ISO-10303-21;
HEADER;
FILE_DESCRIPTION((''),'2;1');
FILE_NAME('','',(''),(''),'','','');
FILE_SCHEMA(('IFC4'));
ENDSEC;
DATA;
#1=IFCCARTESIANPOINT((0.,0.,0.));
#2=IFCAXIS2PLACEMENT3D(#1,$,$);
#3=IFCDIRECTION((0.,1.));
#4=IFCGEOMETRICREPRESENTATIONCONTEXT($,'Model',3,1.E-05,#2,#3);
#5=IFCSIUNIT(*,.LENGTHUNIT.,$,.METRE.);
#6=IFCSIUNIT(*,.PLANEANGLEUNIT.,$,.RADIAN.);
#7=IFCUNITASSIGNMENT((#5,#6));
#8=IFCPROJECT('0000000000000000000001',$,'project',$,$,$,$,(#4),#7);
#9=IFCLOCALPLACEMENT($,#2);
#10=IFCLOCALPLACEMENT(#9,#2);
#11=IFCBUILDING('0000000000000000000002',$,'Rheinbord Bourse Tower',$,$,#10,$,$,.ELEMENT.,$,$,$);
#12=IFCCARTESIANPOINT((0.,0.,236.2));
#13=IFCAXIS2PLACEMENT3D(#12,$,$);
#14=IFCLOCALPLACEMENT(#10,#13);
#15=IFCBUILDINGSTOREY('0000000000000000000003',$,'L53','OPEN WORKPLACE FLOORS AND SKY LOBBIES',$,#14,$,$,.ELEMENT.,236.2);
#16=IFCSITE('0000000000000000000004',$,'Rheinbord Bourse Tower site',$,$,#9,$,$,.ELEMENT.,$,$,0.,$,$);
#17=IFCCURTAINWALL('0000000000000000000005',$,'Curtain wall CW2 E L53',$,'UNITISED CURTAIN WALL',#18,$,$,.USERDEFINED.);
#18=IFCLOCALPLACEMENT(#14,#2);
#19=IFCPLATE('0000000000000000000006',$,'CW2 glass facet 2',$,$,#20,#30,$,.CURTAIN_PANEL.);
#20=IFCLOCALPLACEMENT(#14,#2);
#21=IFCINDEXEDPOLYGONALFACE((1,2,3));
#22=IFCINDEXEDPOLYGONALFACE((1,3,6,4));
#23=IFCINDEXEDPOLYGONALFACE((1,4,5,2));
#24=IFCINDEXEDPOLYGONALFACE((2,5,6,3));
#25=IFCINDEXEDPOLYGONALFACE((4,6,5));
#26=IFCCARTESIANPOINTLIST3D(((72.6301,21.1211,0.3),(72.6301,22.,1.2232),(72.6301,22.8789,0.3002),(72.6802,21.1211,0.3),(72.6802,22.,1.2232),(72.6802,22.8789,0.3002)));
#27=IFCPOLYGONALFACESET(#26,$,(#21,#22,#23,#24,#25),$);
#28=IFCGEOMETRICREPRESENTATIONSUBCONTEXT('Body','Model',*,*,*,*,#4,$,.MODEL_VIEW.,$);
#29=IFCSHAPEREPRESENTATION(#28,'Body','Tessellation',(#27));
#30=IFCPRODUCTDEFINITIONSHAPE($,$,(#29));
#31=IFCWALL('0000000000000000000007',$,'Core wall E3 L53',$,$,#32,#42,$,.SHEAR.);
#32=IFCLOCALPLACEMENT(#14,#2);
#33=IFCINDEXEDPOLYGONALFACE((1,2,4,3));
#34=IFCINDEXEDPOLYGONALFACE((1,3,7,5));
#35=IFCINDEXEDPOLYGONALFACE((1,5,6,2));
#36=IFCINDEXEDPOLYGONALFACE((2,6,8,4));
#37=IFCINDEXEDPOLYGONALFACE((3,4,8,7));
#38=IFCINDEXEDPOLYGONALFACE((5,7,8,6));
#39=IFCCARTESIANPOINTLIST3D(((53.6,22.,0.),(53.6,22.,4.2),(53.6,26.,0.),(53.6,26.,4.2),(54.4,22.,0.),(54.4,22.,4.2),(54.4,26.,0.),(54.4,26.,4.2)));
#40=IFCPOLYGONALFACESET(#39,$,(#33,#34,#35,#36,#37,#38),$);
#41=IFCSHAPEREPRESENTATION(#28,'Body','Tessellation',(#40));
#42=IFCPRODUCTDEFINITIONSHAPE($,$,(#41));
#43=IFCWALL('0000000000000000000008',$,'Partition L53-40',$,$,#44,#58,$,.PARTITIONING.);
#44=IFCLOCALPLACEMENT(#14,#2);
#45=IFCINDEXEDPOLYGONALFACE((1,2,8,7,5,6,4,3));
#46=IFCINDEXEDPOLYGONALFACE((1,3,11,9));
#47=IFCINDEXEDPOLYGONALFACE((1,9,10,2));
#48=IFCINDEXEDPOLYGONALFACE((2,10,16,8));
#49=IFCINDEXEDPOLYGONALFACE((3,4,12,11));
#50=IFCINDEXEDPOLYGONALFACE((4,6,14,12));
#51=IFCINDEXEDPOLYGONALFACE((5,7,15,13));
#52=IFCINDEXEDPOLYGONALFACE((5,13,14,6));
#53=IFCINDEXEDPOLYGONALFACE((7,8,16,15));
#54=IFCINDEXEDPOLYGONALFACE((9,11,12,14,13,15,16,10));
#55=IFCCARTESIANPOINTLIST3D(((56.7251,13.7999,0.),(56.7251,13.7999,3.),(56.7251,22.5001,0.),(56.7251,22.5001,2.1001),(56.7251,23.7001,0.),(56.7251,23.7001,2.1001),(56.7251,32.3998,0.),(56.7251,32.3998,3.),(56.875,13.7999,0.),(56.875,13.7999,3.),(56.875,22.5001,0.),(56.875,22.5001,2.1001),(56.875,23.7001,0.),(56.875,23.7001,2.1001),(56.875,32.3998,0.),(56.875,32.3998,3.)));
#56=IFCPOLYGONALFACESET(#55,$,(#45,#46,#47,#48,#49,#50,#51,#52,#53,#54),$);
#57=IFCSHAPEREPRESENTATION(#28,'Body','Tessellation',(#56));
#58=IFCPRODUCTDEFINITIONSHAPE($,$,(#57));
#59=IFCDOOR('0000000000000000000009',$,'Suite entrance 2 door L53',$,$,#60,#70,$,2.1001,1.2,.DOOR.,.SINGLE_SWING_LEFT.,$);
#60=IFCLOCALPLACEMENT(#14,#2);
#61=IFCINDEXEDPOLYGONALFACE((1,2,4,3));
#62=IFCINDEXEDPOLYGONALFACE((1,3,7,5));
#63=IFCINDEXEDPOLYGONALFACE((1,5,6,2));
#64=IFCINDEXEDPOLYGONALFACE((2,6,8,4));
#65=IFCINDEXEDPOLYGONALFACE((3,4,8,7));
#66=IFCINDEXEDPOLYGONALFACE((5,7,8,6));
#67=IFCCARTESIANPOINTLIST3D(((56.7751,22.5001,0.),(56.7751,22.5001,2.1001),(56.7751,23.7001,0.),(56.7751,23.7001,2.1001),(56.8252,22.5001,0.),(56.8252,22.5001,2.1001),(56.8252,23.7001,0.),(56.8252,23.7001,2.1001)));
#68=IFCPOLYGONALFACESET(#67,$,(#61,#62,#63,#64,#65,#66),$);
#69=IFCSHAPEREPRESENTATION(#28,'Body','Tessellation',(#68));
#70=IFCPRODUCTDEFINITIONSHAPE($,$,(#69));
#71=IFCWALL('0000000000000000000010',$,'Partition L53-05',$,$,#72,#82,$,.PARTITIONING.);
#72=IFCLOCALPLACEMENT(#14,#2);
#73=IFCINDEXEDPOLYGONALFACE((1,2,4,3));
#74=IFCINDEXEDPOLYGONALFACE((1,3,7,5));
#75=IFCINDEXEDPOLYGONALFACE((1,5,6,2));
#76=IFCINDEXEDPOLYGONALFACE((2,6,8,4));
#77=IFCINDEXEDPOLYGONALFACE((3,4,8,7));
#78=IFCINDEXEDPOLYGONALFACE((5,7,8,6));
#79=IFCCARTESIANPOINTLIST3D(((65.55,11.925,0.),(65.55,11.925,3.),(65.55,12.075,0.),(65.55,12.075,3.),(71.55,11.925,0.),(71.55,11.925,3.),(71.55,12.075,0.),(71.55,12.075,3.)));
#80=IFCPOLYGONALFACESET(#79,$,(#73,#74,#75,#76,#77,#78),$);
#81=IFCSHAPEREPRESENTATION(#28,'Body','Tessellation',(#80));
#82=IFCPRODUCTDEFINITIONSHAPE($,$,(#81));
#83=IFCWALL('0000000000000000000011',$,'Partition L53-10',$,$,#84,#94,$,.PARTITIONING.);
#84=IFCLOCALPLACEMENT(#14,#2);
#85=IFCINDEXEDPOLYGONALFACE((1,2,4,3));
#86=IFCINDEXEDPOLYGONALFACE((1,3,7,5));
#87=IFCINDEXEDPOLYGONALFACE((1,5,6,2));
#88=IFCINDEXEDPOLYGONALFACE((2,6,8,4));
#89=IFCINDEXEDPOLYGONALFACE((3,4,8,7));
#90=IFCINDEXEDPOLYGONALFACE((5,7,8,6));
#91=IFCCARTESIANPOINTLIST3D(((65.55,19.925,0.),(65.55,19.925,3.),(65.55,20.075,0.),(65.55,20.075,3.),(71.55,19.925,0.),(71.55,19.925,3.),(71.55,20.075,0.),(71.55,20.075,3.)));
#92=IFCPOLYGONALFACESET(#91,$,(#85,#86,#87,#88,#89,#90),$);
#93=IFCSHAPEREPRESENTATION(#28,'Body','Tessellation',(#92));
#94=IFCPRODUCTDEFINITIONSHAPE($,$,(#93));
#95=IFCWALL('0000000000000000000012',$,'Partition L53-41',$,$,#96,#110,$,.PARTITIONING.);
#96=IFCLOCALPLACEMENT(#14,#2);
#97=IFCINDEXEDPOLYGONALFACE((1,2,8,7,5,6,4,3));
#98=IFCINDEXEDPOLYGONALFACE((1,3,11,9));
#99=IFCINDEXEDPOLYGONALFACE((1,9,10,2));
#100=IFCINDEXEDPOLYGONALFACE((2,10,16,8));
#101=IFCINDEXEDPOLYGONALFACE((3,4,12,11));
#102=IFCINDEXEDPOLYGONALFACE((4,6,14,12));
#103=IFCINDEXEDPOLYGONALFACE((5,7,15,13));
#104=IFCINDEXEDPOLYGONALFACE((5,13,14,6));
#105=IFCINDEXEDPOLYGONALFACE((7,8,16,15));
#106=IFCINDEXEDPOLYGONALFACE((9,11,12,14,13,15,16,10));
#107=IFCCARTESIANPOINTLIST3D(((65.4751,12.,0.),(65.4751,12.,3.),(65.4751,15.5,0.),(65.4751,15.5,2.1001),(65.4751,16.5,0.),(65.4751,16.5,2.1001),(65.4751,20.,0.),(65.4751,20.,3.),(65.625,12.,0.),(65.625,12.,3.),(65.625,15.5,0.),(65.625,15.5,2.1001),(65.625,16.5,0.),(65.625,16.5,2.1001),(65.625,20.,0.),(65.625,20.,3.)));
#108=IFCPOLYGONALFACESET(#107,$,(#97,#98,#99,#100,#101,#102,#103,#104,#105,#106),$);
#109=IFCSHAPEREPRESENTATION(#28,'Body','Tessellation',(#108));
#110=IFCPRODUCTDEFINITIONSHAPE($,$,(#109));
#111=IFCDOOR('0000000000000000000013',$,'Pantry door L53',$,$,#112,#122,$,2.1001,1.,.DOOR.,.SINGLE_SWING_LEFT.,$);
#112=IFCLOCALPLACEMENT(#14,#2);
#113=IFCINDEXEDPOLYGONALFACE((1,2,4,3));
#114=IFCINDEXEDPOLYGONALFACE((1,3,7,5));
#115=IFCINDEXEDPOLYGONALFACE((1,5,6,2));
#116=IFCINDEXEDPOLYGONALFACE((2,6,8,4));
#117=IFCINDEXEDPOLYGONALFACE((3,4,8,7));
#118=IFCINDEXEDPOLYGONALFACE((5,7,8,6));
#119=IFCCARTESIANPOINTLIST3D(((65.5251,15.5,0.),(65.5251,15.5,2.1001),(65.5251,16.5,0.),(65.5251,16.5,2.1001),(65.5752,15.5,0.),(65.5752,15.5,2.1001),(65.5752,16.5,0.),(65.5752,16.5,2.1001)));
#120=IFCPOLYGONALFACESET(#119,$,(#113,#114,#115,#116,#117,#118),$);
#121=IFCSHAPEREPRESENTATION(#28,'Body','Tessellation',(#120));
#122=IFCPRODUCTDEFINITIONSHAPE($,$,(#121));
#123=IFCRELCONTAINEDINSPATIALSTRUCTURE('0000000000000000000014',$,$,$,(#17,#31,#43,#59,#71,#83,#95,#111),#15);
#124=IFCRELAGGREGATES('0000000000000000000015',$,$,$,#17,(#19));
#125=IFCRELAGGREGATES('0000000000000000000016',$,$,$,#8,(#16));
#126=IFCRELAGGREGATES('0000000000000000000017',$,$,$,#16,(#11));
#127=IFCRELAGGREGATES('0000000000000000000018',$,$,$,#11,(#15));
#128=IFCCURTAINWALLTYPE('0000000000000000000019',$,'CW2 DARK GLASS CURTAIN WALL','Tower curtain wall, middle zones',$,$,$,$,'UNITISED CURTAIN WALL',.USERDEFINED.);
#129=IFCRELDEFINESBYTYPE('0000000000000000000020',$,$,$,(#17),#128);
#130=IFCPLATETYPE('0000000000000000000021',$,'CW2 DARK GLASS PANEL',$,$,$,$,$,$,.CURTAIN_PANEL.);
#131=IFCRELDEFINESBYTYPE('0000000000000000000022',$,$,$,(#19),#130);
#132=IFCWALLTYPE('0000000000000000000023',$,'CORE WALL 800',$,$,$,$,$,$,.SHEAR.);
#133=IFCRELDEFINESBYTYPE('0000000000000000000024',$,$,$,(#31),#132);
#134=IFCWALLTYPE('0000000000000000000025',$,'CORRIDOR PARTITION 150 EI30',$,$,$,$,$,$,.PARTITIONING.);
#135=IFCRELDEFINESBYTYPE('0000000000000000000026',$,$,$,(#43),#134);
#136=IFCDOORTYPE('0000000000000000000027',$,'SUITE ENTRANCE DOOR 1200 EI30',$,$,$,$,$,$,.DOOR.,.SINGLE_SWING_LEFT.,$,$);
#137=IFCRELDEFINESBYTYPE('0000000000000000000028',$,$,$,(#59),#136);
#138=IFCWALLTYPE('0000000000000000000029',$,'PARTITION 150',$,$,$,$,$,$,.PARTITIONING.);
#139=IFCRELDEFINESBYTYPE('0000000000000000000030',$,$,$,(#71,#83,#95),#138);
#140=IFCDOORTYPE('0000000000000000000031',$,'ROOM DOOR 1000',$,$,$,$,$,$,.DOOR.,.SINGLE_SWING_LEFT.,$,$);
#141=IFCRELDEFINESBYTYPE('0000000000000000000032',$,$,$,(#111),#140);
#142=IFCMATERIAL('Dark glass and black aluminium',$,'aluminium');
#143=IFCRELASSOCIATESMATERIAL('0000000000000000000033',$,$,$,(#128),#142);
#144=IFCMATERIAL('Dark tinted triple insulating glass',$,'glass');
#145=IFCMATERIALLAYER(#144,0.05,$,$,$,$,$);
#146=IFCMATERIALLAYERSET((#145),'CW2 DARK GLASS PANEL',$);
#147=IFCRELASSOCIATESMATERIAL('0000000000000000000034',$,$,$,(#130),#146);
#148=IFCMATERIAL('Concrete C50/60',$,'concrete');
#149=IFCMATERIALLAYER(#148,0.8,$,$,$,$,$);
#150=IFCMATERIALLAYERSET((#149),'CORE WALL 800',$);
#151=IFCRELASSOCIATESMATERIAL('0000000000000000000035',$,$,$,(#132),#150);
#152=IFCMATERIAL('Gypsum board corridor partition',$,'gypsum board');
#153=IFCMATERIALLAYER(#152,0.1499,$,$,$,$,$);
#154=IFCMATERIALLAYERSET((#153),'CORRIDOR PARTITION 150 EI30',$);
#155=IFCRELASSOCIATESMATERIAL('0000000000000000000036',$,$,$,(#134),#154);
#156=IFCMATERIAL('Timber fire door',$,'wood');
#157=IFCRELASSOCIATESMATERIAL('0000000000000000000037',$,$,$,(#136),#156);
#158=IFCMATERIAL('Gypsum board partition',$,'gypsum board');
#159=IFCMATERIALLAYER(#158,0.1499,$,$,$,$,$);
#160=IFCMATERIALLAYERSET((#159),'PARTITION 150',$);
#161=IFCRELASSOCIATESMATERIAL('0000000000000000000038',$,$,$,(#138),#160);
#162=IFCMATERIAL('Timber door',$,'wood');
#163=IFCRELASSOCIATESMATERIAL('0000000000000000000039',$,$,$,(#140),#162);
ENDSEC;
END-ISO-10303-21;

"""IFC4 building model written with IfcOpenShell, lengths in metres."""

from ifc_helpers import new_model, si_unit, direction, frame, frame_2d, origin, place, context, subcontext, project, spatial, polyline, rectangle, outline, extrude, material, layer, layer_set, type_object, element, fill, aggregate, save


model = new_model("IFC4")

# Units and contexts
model_context = context("Model", 3, precision=1e-05, world=origin(), true_north=direction((0.0, 1.0)))
body_context = subcontext(model_context, "Body", "Model", "MODEL_VIEW")
ifc_project = project(units=[si_unit("LENGTHUNIT", "METRE"), si_unit("PLANEANGLEUNIT", "RADIAN")], contexts=[model_context])

# Site, building, storey
site_placement = place(None, origin())
site = spatial("IfcSite", under=ifc_project, at=site_placement, Name="Rheinbord Bourse Tower site", CompositionType="ELEMENT", RefElevation=0.0)
building_placement = place(site_placement, origin())
building = spatial("IfcBuilding", under=site, at=building_placement, Name="Rheinbord Bourse Tower", CompositionType="ELEMENT")
storey_placement = place(building_placement, frame((0.0, 0.0, 236.2)))
storey = spatial("IfcBuildingStorey", under=building, at=storey_placement, Name="L53", Description="OPEN WORKPLACE FLOORS AND SKY LOBBIES", CompositionType="ELEMENT", Elevation=236.2)

# Curtain wall
ifc_material_1 = material(Name="Dark glass and black aluminium", Category="aluminium")
curtain_wall_type = type_object("IfcCurtainWallType", Name="CW2 DARK GLASS CURTAIN WALL", Description="Tower curtain wall, middle zones", ElementType="UNITISED CURTAIN WALL", PredefinedType="USERDEFINED", material=ifc_material_1)
curtain_wall_placement = place(storey_placement, origin())
curtain_wall = element("IfcCurtainWall", 1, at=curtain_wall_placement, inside=storey, type_object=curtain_wall_type, Name="Curtain wall CW2 E L53", ObjectType="UNITISED CURTAIN WALL", PredefinedType="USERDEFINED")

# Plate
ifc_material_2 = material(Name="Dark tinted triple insulating glass", Category="glass")
ifc_layer_1 = layer(ifc_material_2, 0.05)
ifc_layer_set_1 = layer_set([ifc_layer_1], Name="CW2 DARK GLASS PANEL")
plate_type = type_object("IfcPlateType", Name="CW2 DARK GLASS PANEL", PredefinedType="CURTAIN_PANEL", material=ifc_layer_set_1)
plate_1_placement = place(storey_placement, frame((72.6802, 21.1211, 0.3), z_axis=(-1.0, 0.0, 0.0), x_axis=(0.0, 0.68956, 0.724229)))
plate_1 = element("IfcPlate", 2, at=plate_1_placement, type_object=plate_type, Name="CW2 glass facet 2", PredefinedType="CURTAIN_PANEL", context=body_context, shape_type="SweptSolid", body=[
    extrude(outline(polyline([(0.0, 0.0), (1.2747, 0.0), (1.2122, 1.2729), (0.0, 0.0)])), origin(), (0.0, 0.0, 1.0), 0.05),
])
aggregate(curtain_wall, [plate_1])

# Wall
ifc_material_3 = material(Name="Concrete C50/60", Category="concrete")
ifc_layer_2 = layer(ifc_material_3, 0.8)
ifc_layer_set_2 = layer_set([ifc_layer_2], Name="CORE WALL 800")
wall_type_1 = type_object("IfcWallType", Name="CORE WALL 800", PredefinedType="SHEAR", material=ifc_layer_set_2)
wall_1_placement = place(storey_placement, frame((54.0, 22.0, 0.0), z_axis=(0.0, 0.0, 1.0), x_axis=(0.0, 1.0, 0.0)))
element("IfcWall", 3, at=wall_1_placement, inside=storey, type_object=wall_type_1, Name="Core wall E3 L53", PredefinedType="SHEAR", context=body_context, shape_type="SweptSolid", body=[
    extrude(rectangle(XDim=4.0, YDim=0.8, at=frame_2d((2.0, 0.0))), origin(), (0.0, 0.0, 1.0), 4.2),
])

# Wall, opening, door
ifc_material_4 = material(Name="Gypsum board corridor partition", Category="gypsum board")
ifc_layer_3 = layer(ifc_material_4, 0.1499)
ifc_layer_set_3 = layer_set([ifc_layer_3], Name="CORRIDOR PARTITION 150 EI30")
wall_type_2 = type_object("IfcWallType", Name="CORRIDOR PARTITION 150 EI30", PredefinedType="PARTITIONING", material=ifc_layer_set_3)
wall_2_placement = place(storey_placement, frame((56.8, 13.8, 0.0), z_axis=(0.0, 0.0, 1.0), x_axis=(0.0, 1.0, 0.0)))
wall_2 = element("IfcWall", 4, at=wall_2_placement, inside=storey, type_object=wall_type_2, Name="Partition L53-40", PredefinedType="PARTITIONING", context=body_context, shape_type="SweptSolid", body=[
    extrude(rectangle(XDim=18.5999, YDim=0.1499, at=frame_2d((9.2998, 0.0))), origin(), (0.0, 0.0, 1.0), 3.0),
])
opening_1_placement = place(wall_2_placement, frame((8.7, 0.0, 0.0)))
opening_1 = element("IfcOpeningElement", 5, at=opening_1_placement, cuts=wall_2, PredefinedType="OPENING", context=body_context, shape_type="SweptSolid", body=[
    extrude(rectangle(XDim=1.2, YDim=2.1001, at=frame_2d((0.6001, 1.05))), frame((0.0, 0.085, 0.0), z_axis=(0.0, -1.0, 0.0), x_axis=(1.0, 0.0, 0.0)), (0.0, 0.0, 1.0), 0.1699),
])
ifc_material_5 = material(Name="Timber fire door", Category="wood")
door_type_1 = type_object("IfcDoorType", Name="SUITE ENTRANCE DOOR 1200 EI30", OperationType="SINGLE_SWING_LEFT", PredefinedType="DOOR", material=ifc_material_5)
door_1_placement = place(opening_1_placement, origin())
door_1 = element("IfcDoor", 6, at=door_1_placement, inside=storey, type_object=door_type_1, Name="Suite entrance 2 door L53", OperationType="SINGLE_SWING_LEFT", OverallHeight=2.1001, OverallWidth=1.2, PredefinedType="DOOR", context=body_context, shape_type="SweptSolid", body=[
    extrude(rectangle(XDim=1.2, YDim=2.1001, at=frame_2d((0.6001, 1.05))), frame((0.0, 0.0249, 0.0), z_axis=(0.0, -1.0, 0.0), x_axis=(1.0, 0.0, 0.0)), (0.0, 0.0, 1.0), 0.05),
])
fill(opening_1, door_1)

# Walls
ifc_material_6 = material(Name="Gypsum board partition", Category="gypsum board")
ifc_layer_4 = layer(ifc_material_6, 0.1499)
ifc_layer_set_4 = layer_set([ifc_layer_4], Name="PARTITION 150")
wall_type_3 = type_object("IfcWallType", Name="PARTITION 150", PredefinedType="PARTITIONING", material=ifc_layer_set_4)
for number, where, z_axis, x_axis, name in (
    (7, (65.55, 12.0, 0.0), (0.0, 0.0, 1.0), (1.0, 0.0, 0.0), "Partition L53-05"),
    (8, (65.55, 20.0, 0.0), (0.0, 0.0, 1.0), (1.0, 0.0, 0.0), "Partition L53-10"),
):
    element("IfcWall", number, at=place(storey_placement, frame(where, z_axis=z_axis, x_axis=x_axis)), inside=storey, type_object=wall_type_3, Name=name, PredefinedType="PARTITIONING", context=body_context, shape_type="SweptSolid", body=[
        extrude(rectangle(XDim=6.0, YDim=0.1499, at=frame_2d((3.0, 0.0))), origin(), (0.0, 0.0, 1.0), 3.0),
    ])

# Wall, opening, door
wall_3_placement = place(storey_placement, frame((65.55, 12.0, 0.0), z_axis=(0.0, 0.0, 1.0), x_axis=(0.0, 1.0, 0.0)))
wall_3 = element("IfcWall", 9, at=wall_3_placement, inside=storey, type_object=wall_type_3, Name="Partition L53-41", PredefinedType="PARTITIONING", context=body_context, shape_type="SweptSolid", body=[
    extrude(rectangle(XDim=8.0, YDim=0.1499, at=frame_2d((4.0, 0.0))), origin(), (0.0, 0.0, 1.0), 3.0),
])
opening_2_placement = place(wall_3_placement, frame((3.5, 0.0, 0.0)))
opening_2 = element("IfcOpeningElement", 10, at=opening_2_placement, cuts=wall_3, PredefinedType="OPENING", context=body_context, shape_type="SweptSolid", body=[
    extrude(rectangle(XDim=1.0, YDim=2.1001, at=frame_2d((0.5, 1.05))), frame((0.0, 0.085, 0.0), z_axis=(0.0, -1.0, 0.0), x_axis=(1.0, 0.0, 0.0)), (0.0, 0.0, 1.0), 0.1699),
])
ifc_material_7 = material(Name="Timber door", Category="wood")
door_type_2 = type_object("IfcDoorType", Name="ROOM DOOR 1000", OperationType="SINGLE_SWING_LEFT", PredefinedType="DOOR", material=ifc_material_7)
door_2_placement = place(opening_2_placement, origin())
door_2 = element("IfcDoor", 11, at=door_2_placement, inside=storey, type_object=door_type_2, Name="Pantry door L53", OperationType="SINGLE_SWING_LEFT", OverallHeight=2.1001, OverallWidth=1.0, PredefinedType="DOOR", context=body_context, shape_type="SweptSolid", body=[
    extrude(rectangle(XDim=1.0, YDim=2.1001, at=frame_2d((0.5, 1.05))), frame((0.0, 0.0249, 0.0), z_axis=(0.0, -1.0, 0.0), x_axis=(1.0, 0.0, 0.0)), (0.0, 0.0, 1.0), 0.05),
])
fill(opening_2, door_2)

save(model, "model.ifc")
